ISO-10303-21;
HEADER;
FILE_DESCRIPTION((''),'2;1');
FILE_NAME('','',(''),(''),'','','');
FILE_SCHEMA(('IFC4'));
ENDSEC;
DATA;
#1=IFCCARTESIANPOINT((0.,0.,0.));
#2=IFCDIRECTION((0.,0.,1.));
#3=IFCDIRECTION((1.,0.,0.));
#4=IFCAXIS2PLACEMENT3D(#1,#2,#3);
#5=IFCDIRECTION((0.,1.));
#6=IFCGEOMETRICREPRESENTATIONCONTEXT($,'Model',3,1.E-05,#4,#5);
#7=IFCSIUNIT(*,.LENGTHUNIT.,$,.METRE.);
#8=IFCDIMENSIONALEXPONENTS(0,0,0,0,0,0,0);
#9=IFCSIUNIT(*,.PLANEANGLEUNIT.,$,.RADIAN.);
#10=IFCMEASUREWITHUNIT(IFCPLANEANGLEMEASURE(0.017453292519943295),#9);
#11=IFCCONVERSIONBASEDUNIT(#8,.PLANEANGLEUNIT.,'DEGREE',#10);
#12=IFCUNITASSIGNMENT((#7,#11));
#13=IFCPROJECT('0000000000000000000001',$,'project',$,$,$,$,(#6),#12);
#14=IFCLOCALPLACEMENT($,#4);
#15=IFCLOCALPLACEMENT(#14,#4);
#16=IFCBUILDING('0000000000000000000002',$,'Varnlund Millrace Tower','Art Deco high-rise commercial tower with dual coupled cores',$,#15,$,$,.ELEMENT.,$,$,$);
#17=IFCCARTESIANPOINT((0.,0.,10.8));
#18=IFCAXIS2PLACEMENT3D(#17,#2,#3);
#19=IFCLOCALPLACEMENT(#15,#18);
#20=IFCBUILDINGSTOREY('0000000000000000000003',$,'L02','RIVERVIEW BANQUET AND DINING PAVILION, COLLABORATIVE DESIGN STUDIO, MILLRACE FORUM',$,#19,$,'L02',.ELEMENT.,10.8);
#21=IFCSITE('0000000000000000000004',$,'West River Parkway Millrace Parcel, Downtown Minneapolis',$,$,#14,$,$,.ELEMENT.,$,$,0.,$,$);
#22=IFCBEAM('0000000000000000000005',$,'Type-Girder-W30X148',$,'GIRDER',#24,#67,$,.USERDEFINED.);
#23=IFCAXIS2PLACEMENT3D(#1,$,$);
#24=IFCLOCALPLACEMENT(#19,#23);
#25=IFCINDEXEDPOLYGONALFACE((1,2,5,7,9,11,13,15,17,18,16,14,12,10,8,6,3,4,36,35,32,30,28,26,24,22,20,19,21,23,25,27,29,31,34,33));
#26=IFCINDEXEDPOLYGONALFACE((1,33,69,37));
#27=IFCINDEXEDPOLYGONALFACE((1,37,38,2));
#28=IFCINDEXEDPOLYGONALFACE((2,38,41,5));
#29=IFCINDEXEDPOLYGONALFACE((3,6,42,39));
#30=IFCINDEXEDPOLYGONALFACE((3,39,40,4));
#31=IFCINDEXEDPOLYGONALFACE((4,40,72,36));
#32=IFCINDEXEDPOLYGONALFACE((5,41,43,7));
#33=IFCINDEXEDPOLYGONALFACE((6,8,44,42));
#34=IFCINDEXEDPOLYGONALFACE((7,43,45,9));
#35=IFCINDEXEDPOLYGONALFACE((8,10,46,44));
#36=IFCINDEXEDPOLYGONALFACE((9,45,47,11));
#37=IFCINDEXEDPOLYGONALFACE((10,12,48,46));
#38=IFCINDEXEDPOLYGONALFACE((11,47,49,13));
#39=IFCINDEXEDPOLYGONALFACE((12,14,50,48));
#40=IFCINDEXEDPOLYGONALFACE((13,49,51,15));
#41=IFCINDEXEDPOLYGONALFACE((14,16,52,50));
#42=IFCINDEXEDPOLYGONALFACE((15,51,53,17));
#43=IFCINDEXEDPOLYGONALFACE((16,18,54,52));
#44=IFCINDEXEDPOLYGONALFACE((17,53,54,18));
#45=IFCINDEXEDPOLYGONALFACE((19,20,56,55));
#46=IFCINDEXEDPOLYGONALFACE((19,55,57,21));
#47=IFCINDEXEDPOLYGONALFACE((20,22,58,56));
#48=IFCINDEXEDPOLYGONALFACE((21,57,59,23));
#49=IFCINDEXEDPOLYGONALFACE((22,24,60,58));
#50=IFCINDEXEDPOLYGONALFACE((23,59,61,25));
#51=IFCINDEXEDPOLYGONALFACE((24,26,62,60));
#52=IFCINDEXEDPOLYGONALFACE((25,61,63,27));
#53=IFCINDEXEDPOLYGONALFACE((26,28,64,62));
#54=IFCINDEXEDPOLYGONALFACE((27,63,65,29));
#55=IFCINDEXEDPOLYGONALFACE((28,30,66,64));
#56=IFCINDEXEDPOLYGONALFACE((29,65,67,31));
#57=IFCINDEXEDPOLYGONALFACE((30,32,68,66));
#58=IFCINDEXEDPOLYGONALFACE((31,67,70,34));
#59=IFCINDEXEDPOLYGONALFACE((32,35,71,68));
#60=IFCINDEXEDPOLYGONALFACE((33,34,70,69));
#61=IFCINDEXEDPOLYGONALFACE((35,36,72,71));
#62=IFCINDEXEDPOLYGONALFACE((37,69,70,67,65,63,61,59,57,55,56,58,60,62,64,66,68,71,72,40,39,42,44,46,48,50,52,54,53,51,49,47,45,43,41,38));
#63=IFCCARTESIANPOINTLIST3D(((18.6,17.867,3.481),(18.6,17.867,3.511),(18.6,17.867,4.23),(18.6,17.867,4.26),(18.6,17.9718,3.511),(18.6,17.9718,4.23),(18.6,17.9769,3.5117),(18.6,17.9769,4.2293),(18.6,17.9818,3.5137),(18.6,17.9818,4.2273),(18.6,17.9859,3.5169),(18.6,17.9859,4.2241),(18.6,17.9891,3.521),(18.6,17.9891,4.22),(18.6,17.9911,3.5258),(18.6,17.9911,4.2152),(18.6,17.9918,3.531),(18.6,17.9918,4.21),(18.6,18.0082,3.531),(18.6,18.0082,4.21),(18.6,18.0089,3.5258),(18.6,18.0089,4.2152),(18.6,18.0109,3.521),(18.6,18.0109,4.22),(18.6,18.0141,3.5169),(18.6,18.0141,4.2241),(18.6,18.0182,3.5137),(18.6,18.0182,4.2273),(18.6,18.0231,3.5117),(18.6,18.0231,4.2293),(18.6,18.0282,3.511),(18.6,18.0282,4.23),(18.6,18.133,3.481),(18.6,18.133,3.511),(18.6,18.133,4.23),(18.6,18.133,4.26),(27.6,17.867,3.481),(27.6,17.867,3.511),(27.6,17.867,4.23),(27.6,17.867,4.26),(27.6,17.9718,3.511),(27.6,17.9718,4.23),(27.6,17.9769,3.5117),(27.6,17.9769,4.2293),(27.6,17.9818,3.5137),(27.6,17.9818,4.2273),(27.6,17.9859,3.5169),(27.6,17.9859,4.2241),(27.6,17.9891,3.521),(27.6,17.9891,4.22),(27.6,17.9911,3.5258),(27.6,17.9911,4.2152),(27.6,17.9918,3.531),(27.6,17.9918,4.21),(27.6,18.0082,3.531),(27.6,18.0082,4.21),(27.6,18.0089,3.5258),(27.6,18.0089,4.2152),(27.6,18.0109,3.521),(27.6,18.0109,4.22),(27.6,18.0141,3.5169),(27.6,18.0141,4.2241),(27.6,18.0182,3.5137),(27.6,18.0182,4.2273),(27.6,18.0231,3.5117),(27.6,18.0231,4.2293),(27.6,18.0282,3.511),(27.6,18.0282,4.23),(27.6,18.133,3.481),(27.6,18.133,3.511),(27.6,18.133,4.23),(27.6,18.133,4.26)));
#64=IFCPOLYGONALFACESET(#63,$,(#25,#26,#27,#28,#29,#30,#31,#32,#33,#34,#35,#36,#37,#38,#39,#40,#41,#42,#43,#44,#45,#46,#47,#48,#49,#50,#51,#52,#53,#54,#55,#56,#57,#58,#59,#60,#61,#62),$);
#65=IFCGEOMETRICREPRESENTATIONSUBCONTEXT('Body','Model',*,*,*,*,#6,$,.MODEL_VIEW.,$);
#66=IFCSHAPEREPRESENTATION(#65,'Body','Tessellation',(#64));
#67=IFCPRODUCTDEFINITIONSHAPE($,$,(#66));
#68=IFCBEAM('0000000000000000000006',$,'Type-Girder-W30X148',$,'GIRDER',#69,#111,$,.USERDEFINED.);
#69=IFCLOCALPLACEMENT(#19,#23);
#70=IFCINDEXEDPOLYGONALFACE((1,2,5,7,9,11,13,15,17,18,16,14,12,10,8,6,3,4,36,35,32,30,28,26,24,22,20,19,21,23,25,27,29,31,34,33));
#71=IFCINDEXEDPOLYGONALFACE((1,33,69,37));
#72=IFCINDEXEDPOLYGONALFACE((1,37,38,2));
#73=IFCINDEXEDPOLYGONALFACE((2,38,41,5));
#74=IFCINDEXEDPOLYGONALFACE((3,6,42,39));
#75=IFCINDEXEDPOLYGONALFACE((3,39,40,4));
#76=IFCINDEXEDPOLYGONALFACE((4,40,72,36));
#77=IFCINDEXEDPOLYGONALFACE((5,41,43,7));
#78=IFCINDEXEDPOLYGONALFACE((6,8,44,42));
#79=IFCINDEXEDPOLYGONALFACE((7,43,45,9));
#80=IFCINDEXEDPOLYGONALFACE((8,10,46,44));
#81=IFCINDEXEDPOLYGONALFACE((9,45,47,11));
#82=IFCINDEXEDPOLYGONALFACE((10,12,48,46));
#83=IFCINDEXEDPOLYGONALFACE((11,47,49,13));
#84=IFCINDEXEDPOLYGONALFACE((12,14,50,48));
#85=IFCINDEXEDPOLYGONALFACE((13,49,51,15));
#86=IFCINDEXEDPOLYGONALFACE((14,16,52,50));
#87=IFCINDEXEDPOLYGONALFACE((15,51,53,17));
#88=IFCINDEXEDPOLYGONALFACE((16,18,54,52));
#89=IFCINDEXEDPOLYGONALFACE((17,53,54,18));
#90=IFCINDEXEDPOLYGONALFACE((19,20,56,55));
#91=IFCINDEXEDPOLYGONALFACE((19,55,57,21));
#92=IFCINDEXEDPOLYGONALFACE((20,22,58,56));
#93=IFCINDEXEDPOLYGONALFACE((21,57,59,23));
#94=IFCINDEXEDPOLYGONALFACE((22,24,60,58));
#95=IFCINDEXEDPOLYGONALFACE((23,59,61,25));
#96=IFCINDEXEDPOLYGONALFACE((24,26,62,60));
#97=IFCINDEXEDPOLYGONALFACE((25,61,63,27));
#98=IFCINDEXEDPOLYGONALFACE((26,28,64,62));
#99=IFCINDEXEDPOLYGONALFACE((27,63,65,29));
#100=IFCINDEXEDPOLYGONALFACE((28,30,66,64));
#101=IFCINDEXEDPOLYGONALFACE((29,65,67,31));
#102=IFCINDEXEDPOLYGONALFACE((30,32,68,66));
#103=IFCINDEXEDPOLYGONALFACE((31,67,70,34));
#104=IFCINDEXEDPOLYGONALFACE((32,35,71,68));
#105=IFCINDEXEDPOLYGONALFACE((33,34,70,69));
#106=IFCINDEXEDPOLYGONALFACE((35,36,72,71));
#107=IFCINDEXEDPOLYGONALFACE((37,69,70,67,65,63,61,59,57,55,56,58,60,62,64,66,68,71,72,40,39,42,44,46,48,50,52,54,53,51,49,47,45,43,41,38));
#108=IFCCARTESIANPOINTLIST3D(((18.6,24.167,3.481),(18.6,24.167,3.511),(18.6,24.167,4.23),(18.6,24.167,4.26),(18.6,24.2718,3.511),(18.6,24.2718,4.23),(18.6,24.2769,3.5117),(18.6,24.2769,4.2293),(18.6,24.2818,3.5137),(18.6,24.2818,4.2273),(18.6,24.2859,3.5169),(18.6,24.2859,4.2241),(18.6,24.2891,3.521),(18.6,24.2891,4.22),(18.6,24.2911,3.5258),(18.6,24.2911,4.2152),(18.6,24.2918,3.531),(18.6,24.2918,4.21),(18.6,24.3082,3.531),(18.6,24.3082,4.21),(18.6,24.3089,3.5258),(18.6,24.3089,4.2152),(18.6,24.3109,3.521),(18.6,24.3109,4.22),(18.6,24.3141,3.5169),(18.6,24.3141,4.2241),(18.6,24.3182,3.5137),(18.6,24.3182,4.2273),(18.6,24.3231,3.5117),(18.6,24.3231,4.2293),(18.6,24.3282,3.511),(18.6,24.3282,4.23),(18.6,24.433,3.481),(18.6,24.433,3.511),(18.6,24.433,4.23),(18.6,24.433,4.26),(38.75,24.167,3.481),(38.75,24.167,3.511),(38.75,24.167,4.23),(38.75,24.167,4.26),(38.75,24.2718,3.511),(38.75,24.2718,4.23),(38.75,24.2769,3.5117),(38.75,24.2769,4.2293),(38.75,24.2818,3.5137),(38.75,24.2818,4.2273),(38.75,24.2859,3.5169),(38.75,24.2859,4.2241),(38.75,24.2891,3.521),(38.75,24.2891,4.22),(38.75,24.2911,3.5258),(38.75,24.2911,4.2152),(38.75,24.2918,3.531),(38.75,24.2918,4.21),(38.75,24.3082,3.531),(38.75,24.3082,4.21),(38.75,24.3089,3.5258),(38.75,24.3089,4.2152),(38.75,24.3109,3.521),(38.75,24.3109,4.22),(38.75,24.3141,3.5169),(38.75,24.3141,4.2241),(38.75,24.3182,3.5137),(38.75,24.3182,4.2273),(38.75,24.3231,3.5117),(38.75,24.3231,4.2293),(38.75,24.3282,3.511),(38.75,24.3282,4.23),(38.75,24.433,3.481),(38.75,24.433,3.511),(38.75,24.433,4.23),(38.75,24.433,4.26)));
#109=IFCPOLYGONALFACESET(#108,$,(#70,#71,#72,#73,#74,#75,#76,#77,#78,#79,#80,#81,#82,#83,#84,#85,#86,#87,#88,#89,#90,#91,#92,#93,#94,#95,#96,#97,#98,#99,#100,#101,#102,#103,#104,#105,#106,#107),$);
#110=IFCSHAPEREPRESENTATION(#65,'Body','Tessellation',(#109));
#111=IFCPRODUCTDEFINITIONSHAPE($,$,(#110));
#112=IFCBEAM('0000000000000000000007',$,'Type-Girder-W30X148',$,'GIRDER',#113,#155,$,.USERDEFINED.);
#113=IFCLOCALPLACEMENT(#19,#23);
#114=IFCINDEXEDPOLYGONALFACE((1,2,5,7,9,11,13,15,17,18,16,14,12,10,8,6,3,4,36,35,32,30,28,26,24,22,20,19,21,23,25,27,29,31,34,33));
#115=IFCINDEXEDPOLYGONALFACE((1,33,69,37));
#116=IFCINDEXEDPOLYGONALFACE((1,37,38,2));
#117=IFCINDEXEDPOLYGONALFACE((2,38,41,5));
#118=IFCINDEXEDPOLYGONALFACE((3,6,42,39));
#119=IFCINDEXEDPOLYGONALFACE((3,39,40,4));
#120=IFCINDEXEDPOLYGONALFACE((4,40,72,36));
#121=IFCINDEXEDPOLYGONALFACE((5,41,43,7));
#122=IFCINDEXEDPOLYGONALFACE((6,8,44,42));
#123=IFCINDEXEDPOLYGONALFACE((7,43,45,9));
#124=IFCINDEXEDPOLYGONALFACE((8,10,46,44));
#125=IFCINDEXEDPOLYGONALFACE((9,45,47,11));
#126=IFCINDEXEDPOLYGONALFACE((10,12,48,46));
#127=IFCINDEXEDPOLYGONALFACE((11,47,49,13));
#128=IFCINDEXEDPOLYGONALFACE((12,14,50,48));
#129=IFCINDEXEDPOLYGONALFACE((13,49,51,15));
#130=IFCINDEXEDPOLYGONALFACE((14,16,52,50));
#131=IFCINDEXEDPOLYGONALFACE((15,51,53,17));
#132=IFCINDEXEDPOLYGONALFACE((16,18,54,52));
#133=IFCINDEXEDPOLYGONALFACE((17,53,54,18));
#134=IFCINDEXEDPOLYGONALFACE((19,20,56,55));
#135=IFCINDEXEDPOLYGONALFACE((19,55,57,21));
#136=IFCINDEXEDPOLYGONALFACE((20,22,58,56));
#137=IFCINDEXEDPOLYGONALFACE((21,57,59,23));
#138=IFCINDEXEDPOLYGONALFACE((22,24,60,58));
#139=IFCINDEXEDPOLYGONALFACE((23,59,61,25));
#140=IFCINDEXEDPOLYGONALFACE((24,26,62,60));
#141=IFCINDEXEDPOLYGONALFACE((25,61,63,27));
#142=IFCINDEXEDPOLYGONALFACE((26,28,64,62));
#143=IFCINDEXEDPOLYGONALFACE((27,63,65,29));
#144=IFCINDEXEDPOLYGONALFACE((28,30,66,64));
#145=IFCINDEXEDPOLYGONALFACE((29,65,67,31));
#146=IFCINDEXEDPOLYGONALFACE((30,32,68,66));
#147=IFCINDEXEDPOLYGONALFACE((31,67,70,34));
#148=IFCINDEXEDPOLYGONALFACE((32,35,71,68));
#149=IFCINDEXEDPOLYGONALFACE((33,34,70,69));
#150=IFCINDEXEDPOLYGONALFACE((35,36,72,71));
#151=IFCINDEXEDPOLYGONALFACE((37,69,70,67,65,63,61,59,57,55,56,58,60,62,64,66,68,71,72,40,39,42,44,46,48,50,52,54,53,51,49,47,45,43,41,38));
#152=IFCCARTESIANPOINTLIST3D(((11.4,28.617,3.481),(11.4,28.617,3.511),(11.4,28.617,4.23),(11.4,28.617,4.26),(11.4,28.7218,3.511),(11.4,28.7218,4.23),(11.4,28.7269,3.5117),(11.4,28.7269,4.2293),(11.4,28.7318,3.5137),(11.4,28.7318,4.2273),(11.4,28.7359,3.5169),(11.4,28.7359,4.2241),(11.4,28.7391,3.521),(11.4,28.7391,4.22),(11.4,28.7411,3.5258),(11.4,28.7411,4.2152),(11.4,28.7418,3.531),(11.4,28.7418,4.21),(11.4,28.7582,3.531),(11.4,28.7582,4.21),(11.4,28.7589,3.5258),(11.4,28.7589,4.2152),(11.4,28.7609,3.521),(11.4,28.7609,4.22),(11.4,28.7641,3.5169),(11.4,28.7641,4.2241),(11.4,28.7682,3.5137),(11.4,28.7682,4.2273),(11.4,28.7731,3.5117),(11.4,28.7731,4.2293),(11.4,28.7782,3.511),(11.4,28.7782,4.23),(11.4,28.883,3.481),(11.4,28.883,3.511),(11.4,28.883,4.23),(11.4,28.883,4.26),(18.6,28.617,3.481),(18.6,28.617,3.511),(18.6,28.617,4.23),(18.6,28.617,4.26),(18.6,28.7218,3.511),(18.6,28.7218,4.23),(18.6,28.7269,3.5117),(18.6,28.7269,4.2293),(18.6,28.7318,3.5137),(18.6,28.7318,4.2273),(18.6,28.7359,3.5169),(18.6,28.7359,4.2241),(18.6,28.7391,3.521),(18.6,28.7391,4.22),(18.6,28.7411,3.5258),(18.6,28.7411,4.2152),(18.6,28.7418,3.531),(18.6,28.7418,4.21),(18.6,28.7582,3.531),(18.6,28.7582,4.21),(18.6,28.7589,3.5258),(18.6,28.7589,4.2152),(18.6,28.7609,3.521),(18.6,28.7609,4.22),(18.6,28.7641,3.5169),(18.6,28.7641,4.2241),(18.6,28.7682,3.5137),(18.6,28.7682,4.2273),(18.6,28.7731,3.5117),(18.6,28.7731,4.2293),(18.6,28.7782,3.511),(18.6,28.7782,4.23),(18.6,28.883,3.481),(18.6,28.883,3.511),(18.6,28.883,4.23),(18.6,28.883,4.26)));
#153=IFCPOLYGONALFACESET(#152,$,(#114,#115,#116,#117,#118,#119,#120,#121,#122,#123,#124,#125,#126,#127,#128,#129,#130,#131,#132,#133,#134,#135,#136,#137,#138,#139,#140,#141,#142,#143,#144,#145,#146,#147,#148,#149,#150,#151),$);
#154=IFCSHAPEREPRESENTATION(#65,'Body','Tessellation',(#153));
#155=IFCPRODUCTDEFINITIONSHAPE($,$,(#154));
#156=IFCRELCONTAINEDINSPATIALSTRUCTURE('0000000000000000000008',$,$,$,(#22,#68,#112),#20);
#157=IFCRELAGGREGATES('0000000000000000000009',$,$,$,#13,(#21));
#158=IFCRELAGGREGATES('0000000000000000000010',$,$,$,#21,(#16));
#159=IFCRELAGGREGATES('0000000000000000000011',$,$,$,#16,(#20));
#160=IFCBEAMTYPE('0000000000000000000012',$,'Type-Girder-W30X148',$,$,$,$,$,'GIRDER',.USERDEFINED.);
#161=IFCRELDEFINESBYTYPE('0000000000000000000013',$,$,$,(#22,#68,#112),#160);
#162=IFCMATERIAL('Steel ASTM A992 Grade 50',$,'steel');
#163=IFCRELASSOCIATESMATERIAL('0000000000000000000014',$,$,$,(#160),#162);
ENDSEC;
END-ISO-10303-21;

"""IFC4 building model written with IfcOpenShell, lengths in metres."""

from ifc_helpers import new_model, entity, si_unit, converted_unit, direction, frame, origin_with_axes, origin_2d_with_axis, place, context, subcontext, project, spatial, i_section, extrude, material, material_profile, profile_set, type_object, element, save


model = new_model("IFC4")

# Units and contexts
model_context = context("Model", 3, precision=1e-05, world=origin_with_axes(), true_north=direction((0.0, 1.0)))
body_context = subcontext(model_context, "Body", "Model", "MODEL_VIEW")
ifc_project = project(units=[si_unit("LENGTHUNIT", "METRE"), converted_unit("PLANEANGLEUNIT", "DEGREE", entity("IfcPlaneAngleMeasure", 0.017453292519943295), si_unit("PLANEANGLEUNIT", "RADIAN"), dimensions=[0, 0, 0, 0, 0, 0, 0])], contexts=[model_context])

# Site, building, storey
site_placement = place(None, origin_with_axes())
site = spatial("IfcSite", under=ifc_project, at=site_placement, Name="West River Parkway Millrace Parcel, Downtown Minneapolis", CompositionType="ELEMENT", RefElevation=0.0)
building_placement = place(site_placement, origin_with_axes())
building = spatial("IfcBuilding", under=site, at=building_placement, Name="Varnlund Millrace Tower", Description="Art Deco high-rise commercial tower with dual coupled cores", CompositionType="ELEMENT")
storey_placement = place(building_placement, frame((0.0, 0.0, 10.8), z_axis=(0.0, 0.0, 1.0), x_axis=(1.0, 0.0, 0.0)))
storey = spatial("IfcBuildingStorey", under=building, at=storey_placement, Name="L02", Description="RIVERVIEW BANQUET AND DINING PAVILION, COLLABORATIVE DESIGN STUDIO, MILLRACE FORUM", LongName="L02", CompositionType="ELEMENT", Elevation=10.8)

# Beams
ifc_material_1 = material(Name="Steel ASTM A992 Grade 50", Category="steel")
ifc_material_profile_1 = material_profile(ifc_material_1, i_section(OverallWidth=0.266, OverallDepth=0.779, WebThickness=0.0165, FlangeThickness=0.03, FilletRadius=0.02, at=origin_2d_with_axis()), Name="Steel ASTM A992 Grade 50")
ifc_profile_set_1 = profile_set([ifc_material_profile_1], Name="Steel ASTM A992 Grade 50")
beam_type_1 = type_object("IfcBeamType", Name="Type-Girder-W30X148", ElementType="GIRDER", PredefinedType="USERDEFINED", material=ifc_profile_set_1)
beam_1_placement = place(storey_placement, frame((18.6, 18.0, 3.8705), z_axis=(1.0, 0.0, 0.0), x_axis=(0.0, 1.0, 0.0)))
element("IfcBeam", 1, at=beam_1_placement, inside=storey, type_object=beam_type_1, Name="Type-Girder-W30X148", ObjectType="GIRDER", PredefinedType="USERDEFINED", context=body_context, shape_type="SweptSolid", body=[
    extrude(i_section(OverallWidth=0.266, OverallDepth=0.779, WebThickness=0.0165, FlangeThickness=0.03, FilletRadius=0.02, at=origin_2d_with_axis()), origin_with_axes(), (0.0, 0.0, 1.0), 9.0),
])
beam_2_placement = place(storey_placement, frame((18.6, 24.3, 3.8705), z_axis=(1.0, 0.0, 0.0), x_axis=(0.0, 1.0, 0.0)))
element("IfcBeam", 2, at=beam_2_placement, inside=storey, type_object=beam_type_1, Name="Type-Girder-W30X148", ObjectType="GIRDER", PredefinedType="USERDEFINED", context=body_context, shape_type="SweptSolid", body=[
    extrude(i_section(OverallWidth=0.266, OverallDepth=0.779, WebThickness=0.0165, FlangeThickness=0.03, FilletRadius=0.02, at=origin_2d_with_axis()), origin_with_axes(), (0.0, 0.0, 1.0), 20.15),
])
beam_3_placement = place(storey_placement, frame((11.4, 28.75, 3.8705), z_axis=(1.0, 0.0, 0.0), x_axis=(0.0, 1.0, 0.0)))
element("IfcBeam", 3, at=beam_3_placement, inside=storey, type_object=beam_type_1, Name="Type-Girder-W30X148", ObjectType="GIRDER", PredefinedType="USERDEFINED", context=body_context, shape_type="SweptSolid", body=[
    extrude(i_section(OverallWidth=0.266, OverallDepth=0.779, WebThickness=0.0165, FlangeThickness=0.03, FilletRadius=0.02, at=origin_2d_with_axis()), origin_with_axes(), (0.0, 0.0, 1.0), 7.2),
])

save(model, "model.ifc")
